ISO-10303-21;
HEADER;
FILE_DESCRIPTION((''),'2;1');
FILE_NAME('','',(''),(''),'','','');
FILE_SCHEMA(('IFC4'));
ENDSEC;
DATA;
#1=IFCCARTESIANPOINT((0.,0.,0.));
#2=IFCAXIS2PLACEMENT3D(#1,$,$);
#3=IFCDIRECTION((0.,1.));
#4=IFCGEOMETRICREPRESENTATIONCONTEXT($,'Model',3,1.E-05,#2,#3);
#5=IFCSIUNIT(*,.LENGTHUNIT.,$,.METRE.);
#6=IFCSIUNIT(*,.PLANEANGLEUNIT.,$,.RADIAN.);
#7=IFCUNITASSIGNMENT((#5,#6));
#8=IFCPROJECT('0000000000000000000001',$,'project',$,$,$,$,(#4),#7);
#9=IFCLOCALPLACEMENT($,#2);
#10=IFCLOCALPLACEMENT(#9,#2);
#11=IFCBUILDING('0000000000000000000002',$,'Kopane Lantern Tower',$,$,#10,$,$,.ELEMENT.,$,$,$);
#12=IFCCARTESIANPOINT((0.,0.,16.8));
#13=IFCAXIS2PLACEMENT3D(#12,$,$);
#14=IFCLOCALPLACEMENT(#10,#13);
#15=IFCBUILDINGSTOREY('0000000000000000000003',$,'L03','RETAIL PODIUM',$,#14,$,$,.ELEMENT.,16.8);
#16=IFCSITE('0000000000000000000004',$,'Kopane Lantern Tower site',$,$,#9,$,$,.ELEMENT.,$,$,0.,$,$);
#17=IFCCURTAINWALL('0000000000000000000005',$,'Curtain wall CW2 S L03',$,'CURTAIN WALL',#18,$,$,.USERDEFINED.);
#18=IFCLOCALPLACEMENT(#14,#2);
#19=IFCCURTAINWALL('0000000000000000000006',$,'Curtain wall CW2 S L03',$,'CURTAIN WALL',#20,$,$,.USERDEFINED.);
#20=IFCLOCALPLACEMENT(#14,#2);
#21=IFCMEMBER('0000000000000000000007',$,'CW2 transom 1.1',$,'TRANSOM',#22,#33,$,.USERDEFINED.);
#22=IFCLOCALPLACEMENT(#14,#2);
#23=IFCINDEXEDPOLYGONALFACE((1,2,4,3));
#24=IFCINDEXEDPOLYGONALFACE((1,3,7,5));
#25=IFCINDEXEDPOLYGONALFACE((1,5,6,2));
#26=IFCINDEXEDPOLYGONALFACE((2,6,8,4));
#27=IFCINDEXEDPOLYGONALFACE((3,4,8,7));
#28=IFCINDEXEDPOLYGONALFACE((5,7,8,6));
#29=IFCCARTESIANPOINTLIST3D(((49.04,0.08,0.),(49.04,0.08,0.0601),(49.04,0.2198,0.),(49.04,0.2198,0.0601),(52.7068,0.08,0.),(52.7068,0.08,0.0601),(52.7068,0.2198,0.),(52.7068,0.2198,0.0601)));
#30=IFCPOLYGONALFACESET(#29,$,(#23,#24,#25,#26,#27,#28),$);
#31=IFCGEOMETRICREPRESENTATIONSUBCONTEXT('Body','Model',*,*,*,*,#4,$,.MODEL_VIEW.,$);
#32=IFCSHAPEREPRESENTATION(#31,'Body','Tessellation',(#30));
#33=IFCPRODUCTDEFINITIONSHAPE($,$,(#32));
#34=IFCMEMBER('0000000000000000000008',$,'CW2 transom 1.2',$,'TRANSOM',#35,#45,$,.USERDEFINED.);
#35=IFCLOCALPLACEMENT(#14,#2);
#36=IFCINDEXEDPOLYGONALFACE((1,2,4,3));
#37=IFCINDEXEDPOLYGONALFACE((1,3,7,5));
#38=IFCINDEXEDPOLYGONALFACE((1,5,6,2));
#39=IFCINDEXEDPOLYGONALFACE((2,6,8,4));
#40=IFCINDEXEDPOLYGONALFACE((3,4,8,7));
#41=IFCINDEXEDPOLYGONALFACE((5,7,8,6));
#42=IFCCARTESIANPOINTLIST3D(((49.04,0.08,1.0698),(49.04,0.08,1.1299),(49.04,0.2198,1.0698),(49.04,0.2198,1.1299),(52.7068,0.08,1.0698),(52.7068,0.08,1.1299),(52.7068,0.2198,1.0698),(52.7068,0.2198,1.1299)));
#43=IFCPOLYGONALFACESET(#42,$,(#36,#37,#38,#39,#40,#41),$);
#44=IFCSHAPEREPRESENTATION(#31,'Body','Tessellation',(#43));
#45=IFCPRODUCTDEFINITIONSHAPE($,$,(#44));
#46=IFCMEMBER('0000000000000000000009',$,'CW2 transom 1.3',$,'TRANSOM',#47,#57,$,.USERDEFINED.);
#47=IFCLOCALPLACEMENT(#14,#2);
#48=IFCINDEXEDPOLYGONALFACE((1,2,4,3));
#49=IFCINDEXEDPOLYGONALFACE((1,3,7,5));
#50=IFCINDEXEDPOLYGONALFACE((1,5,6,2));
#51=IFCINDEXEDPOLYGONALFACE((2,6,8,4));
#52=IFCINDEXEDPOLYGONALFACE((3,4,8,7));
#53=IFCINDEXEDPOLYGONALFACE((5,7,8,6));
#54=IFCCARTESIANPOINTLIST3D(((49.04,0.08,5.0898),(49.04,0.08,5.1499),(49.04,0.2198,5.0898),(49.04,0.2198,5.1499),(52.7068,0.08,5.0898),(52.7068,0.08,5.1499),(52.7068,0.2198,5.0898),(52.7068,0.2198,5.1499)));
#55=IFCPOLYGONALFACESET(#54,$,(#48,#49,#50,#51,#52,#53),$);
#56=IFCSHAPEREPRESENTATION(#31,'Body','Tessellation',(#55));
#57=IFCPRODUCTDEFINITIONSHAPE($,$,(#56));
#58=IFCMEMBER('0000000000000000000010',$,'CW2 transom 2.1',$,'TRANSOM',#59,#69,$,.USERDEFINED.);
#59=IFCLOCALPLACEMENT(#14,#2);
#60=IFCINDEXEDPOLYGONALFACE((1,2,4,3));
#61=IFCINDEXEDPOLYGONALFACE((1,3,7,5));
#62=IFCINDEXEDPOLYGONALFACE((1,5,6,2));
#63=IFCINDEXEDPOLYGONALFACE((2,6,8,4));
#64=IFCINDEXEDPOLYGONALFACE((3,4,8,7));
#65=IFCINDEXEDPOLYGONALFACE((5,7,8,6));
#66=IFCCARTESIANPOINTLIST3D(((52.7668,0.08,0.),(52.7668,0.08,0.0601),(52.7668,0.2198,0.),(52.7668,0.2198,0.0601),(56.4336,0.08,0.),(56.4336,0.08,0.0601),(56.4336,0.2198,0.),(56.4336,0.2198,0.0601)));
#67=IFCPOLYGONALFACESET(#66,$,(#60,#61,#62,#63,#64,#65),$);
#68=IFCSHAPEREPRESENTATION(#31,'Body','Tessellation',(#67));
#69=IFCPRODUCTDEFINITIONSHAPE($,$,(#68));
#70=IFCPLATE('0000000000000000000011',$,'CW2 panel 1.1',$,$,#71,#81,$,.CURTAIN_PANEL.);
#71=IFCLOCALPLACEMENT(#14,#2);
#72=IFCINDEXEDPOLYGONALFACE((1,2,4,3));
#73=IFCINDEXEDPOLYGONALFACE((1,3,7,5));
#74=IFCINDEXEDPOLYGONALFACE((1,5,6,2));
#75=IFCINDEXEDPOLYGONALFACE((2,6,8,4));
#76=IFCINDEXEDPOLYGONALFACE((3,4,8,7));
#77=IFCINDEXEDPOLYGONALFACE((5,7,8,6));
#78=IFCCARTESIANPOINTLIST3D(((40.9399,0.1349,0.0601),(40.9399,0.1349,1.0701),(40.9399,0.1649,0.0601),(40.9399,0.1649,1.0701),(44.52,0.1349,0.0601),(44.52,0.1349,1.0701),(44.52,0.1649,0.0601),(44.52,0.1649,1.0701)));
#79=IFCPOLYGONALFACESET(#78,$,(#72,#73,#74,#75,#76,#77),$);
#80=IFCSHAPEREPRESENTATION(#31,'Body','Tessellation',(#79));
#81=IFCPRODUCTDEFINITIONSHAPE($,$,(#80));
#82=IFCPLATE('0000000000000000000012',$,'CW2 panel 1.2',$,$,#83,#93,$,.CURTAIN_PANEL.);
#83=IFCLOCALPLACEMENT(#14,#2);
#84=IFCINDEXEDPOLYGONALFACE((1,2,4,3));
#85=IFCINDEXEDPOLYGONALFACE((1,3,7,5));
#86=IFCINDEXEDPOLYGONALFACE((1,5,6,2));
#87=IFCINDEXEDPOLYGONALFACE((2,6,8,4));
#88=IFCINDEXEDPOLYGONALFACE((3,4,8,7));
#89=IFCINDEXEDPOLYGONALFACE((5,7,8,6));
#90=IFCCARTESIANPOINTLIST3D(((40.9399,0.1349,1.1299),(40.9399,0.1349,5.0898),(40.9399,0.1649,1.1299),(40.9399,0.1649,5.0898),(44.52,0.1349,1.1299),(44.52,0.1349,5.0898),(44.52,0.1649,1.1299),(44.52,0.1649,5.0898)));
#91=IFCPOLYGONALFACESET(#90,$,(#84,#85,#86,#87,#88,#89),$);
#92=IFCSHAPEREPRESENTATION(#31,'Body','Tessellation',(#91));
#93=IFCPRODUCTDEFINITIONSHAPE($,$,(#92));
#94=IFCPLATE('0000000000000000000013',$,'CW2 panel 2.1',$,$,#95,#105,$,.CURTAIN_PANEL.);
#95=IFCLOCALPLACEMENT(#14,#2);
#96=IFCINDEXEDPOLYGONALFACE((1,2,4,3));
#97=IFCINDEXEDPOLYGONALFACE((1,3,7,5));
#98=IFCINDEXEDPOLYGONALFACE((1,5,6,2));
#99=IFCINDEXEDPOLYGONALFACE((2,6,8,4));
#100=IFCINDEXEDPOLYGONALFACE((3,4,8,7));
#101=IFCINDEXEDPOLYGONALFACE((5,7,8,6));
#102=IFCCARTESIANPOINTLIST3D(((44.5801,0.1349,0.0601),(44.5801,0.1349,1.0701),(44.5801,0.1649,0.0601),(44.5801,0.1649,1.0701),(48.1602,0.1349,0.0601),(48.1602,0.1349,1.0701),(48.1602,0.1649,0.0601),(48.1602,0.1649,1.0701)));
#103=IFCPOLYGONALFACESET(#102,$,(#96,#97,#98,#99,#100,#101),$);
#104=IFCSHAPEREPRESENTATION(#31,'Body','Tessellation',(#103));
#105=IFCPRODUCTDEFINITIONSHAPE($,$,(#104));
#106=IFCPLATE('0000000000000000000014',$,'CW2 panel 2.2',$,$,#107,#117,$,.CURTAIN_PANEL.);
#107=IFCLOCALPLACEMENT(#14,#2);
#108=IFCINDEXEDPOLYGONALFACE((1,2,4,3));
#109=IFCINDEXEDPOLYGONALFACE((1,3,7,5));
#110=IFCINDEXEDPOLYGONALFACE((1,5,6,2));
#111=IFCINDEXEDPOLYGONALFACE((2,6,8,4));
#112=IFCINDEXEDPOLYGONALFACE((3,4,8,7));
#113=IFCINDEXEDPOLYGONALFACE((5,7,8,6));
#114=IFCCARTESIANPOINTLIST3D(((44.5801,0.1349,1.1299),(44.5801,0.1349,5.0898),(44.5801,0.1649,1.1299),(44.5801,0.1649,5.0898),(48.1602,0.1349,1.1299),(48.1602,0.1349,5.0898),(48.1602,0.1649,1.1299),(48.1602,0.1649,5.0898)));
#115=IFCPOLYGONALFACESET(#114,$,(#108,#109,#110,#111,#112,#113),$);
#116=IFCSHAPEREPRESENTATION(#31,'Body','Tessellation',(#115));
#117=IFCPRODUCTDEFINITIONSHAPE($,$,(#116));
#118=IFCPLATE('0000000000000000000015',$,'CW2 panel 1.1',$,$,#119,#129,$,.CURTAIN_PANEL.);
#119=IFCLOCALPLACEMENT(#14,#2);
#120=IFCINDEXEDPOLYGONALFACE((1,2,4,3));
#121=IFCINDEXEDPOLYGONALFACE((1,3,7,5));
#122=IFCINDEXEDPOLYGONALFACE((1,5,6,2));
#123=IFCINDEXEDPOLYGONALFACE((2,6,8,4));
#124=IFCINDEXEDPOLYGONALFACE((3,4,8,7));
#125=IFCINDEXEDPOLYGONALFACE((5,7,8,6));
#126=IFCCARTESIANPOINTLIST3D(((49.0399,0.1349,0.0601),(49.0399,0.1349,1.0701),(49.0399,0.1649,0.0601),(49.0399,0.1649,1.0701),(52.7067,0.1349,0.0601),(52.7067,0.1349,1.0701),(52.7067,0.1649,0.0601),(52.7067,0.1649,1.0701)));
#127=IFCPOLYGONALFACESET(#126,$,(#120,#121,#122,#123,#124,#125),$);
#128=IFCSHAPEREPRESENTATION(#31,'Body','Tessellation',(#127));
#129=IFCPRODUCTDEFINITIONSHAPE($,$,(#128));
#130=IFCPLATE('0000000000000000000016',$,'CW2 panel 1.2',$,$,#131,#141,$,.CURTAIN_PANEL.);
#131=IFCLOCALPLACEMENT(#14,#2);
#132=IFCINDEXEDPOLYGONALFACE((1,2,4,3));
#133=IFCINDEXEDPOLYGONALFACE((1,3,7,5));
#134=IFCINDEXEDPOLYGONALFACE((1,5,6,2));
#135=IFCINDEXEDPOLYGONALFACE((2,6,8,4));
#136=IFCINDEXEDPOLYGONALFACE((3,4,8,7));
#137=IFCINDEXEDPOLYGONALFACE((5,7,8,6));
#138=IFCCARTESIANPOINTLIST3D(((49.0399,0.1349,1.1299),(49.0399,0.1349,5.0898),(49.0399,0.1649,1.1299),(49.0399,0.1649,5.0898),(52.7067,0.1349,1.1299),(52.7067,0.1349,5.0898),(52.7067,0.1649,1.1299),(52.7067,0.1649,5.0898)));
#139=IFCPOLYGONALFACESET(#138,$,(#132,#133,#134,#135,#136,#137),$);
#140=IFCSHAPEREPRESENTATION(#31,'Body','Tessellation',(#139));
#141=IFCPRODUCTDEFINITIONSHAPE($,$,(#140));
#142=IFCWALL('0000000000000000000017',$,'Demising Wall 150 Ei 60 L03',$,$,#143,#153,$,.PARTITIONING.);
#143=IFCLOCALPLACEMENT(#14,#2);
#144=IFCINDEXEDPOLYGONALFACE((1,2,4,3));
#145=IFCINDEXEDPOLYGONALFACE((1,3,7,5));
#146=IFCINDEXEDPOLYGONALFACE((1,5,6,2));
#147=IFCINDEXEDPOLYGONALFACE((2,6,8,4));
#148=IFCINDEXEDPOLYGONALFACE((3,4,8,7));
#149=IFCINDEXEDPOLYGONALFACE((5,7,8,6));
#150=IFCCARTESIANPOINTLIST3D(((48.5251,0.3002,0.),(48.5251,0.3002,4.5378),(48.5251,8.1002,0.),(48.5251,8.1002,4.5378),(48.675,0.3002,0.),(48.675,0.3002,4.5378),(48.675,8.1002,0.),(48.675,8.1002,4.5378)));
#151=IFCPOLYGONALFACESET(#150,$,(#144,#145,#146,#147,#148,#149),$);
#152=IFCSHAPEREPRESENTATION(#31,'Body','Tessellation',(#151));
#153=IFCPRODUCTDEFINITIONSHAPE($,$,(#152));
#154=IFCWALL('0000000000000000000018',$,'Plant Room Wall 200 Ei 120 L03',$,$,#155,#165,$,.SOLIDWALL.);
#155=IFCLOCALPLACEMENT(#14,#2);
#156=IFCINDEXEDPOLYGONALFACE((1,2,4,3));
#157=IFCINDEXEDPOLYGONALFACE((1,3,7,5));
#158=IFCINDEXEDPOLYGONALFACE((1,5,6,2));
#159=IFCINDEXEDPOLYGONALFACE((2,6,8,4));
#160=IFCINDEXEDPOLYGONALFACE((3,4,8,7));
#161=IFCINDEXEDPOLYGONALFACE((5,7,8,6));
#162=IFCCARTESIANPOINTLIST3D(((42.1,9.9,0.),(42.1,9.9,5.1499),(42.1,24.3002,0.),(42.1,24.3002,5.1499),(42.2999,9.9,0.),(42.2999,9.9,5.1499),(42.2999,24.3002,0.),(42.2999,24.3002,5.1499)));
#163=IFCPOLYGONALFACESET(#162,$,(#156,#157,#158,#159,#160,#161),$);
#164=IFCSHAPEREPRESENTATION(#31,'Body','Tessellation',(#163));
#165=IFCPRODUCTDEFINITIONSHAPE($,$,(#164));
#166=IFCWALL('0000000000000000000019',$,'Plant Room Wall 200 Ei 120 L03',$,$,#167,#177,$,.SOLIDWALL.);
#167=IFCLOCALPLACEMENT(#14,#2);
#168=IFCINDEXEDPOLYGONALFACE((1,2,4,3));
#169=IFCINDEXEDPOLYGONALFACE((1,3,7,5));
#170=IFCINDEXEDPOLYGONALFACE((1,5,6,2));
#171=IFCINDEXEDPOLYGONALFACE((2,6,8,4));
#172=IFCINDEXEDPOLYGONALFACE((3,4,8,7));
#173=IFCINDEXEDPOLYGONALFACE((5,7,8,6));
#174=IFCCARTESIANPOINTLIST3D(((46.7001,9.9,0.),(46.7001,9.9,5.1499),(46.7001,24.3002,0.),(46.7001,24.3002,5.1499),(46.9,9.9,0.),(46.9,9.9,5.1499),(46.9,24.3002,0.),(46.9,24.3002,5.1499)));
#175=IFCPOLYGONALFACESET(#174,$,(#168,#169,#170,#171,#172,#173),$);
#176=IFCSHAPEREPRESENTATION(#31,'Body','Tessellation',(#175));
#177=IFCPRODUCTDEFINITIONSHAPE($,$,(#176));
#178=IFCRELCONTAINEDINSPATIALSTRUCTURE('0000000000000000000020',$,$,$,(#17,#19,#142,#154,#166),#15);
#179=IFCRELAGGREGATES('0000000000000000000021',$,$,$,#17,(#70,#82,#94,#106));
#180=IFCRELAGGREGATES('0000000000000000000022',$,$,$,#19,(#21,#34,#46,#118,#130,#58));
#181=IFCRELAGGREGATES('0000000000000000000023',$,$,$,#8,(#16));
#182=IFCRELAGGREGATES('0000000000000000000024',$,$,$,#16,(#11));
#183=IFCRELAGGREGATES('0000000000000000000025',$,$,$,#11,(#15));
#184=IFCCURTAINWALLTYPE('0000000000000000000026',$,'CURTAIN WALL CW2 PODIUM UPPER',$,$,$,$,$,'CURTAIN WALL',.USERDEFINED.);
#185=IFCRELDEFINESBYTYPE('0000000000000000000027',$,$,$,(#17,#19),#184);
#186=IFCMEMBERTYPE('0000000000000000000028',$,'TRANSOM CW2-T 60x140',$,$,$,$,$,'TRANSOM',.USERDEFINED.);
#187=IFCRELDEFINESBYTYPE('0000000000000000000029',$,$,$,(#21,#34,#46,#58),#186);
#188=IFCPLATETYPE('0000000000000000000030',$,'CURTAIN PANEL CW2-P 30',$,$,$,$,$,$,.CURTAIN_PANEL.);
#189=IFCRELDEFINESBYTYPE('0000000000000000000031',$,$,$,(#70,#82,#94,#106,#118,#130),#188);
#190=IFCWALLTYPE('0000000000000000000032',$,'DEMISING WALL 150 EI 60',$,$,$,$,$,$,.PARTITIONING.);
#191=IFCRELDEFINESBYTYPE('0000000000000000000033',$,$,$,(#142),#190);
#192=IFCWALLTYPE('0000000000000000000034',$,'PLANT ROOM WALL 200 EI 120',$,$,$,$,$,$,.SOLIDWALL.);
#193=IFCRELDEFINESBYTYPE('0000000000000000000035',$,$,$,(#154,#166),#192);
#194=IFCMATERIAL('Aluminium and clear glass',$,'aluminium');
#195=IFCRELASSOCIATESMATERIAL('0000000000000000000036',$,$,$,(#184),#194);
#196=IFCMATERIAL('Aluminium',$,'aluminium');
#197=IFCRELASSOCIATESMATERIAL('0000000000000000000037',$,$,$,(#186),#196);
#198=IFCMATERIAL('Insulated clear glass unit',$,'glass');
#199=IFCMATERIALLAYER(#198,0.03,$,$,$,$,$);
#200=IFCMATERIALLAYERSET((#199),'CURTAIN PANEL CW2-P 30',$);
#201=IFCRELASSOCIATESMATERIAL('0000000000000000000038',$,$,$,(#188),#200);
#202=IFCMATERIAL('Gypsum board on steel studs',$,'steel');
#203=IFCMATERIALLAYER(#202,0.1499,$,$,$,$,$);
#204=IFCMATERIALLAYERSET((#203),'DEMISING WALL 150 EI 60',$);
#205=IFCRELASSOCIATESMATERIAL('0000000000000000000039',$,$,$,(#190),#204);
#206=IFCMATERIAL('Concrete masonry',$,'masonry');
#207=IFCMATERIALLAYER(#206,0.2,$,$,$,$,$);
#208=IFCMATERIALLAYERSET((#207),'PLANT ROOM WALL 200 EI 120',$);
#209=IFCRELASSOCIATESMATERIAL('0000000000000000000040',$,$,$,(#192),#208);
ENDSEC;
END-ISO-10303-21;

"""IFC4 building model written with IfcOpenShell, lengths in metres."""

from ifc_helpers import new_model, si_unit, direction, frame, frame_2d, origin, origin_2d, place, context, subcontext, project, spatial, rectangle, extrude, material, layer, layer_set, material_profile, profile_set, type_object, element, aggregate, save


model = new_model("IFC4")

# Units and contexts
model_context = context("Model", 3, precision=1e-05, world=origin(), true_north=direction((0.0, 1.0)))
body_context = subcontext(model_context, "Body", "Model", "MODEL_VIEW")
ifc_project = project(units=[si_unit("LENGTHUNIT", "METRE"), si_unit("PLANEANGLEUNIT", "RADIAN")], contexts=[model_context])

# Site, building, storey
site_placement = place(None, origin())
site = spatial("IfcSite", under=ifc_project, at=site_placement, Name="Kopane Lantern Tower site", CompositionType="ELEMENT", RefElevation=0.0)
building_placement = place(site_placement, origin())
building = spatial("IfcBuilding", under=site, at=building_placement, Name="Kopane Lantern Tower", CompositionType="ELEMENT")
storey_placement = place(building_placement, frame((0.0, 0.0, 16.8)))
storey = spatial("IfcBuildingStorey", under=building, at=storey_placement, Name="L03", Description="RETAIL PODIUM", CompositionType="ELEMENT", Elevation=16.8)

# Curtain walls
ifc_material_1 = material(Name="Aluminium and clear glass", Category="aluminium")
curtain_wall_type = type_object("IfcCurtainWallType", Name="CURTAIN WALL CW2 PODIUM UPPER", ElementType="CURTAIN WALL", PredefinedType="USERDEFINED", material=ifc_material_1)
curtain_wall_1_placement = place(storey_placement, origin())
curtain_wall_1 = element("IfcCurtainWall", 1, at=curtain_wall_1_placement, inside=storey, type_object=curtain_wall_type, Name="Curtain wall CW2 S L03", ObjectType="CURTAIN WALL", PredefinedType="USERDEFINED")
curtain_wall_2_placement = place(storey_placement, origin())
curtain_wall_2 = element("IfcCurtainWall", 2, at=curtain_wall_2_placement, inside=storey, type_object=curtain_wall_type, Name="Curtain wall CW2 S L03", ObjectType="CURTAIN WALL", PredefinedType="USERDEFINED")

# Members
ifc_material_2 = material(Name="Aluminium", Category="aluminium")
ifc_material_profile_1 = material_profile(ifc_material_2, rectangle(XDim=0.1399, YDim=0.0601, at=origin_2d()), Name="AL 140x60")
ifc_profile_set_1 = profile_set([ifc_material_profile_1], Name="Aluminium")
member_type_1 = type_object("IfcMemberType", Name="TRANSOM CW2-T 60x140", ElementType="TRANSOM", PredefinedType="USERDEFINED", material=ifc_profile_set_1)
member_1_placement = place(storey_placement, frame((49.04, 0.1499, 0.03), z_axis=(1.0, 0.0, 0.0), x_axis=(0.0, 1.0, 0.0)))
member_1 = element("IfcMember", 3, at=member_1_placement, type_object=member_type_1, Name="CW2 transom 1.1", ObjectType="TRANSOM", PredefinedType="USERDEFINED", context=body_context, shape_type="SweptSolid", body=[
    extrude(rectangle(XDim=0.1399, YDim=0.0601, at=origin_2d()), origin(), (0.0, 0.0, 1.0), 3.6667),
])
member_2_placement = place(storey_placement, frame((49.04, 0.1499, 1.0999), z_axis=(1.0, 0.0, 0.0), x_axis=(0.0, 1.0, 0.0)))
member_2 = element("IfcMember", 4, at=member_2_placement, type_object=member_type_1, Name="CW2 transom 1.2", ObjectType="TRANSOM", PredefinedType="USERDEFINED", context=body_context, shape_type="SweptSolid", body=[
    extrude(rectangle(XDim=0.1399, YDim=0.0601, at=origin_2d()), origin(), (0.0, 0.0, 1.0), 3.6667),
])
member_3_placement = place(storey_placement, frame((49.04, 0.1499, 5.1199), z_axis=(1.0, 0.0, 0.0), x_axis=(0.0, 1.0, 0.0)))
member_3 = element("IfcMember", 5, at=member_3_placement, type_object=member_type_1, Name="CW2 transom 1.3", ObjectType="TRANSOM", PredefinedType="USERDEFINED", context=body_context, shape_type="SweptSolid", body=[
    extrude(rectangle(XDim=0.1399, YDim=0.0601, at=origin_2d()), origin(), (0.0, 0.0, 1.0), 3.6667),
])
member_4_placement = place(storey_placement, frame((52.7668, 0.1499, 0.03), z_axis=(1.0, 0.0, 0.0), x_axis=(0.0, 1.0, 0.0)))
member_4 = element("IfcMember", 6, at=member_4_placement, type_object=member_type_1, Name="CW2 transom 2.1", ObjectType="TRANSOM", PredefinedType="USERDEFINED", context=body_context, shape_type="SweptSolid", body=[
    extrude(rectangle(XDim=0.1399, YDim=0.0601, at=origin_2d()), origin(), (0.0, 0.0, 1.0), 3.6667),
])

# Plates
ifc_material_3 = material(Name="Insulated clear glass unit", Category="glass")
ifc_layer_1 = layer(ifc_material_3, 0.03)
ifc_layer_set_1 = layer_set([ifc_layer_1], Name="CURTAIN PANEL CW2-P 30")
plate_type = type_object("IfcPlateType", Name="CURTAIN PANEL CW2-P 30", PredefinedType="CURTAIN_PANEL", material=ifc_layer_set_1)
plate_1_placement = place(storey_placement, frame((42.73, 0.1499, 0.0601), z_axis=(0.0, 0.0, 1.0), x_axis=(1.0, 0.0, 0.0)))
plate_1 = element("IfcPlate", 7, at=plate_1_placement, type_object=plate_type, Name="CW2 panel 1.1", PredefinedType="CURTAIN_PANEL", context=body_context, shape_type="SweptSolid", body=[
    extrude(rectangle(XDim=3.5801, YDim=0.03, at=origin_2d()), origin(), (0.0, 0.0, 1.0), 1.01),
])
plate_2_placement = place(storey_placement, frame((42.73, 0.1499, 1.1299), z_axis=(0.0, 0.0, 1.0), x_axis=(1.0, 0.0, 0.0)))
plate_2 = element("IfcPlate", 8, at=plate_2_placement, type_object=plate_type, Name="CW2 panel 1.2", PredefinedType="CURTAIN_PANEL", context=body_context, shape_type="SweptSolid", body=[
    extrude(rectangle(XDim=3.5801, YDim=0.03, at=origin_2d()), origin(), (0.0, 0.0, 1.0), 3.96),
])
plate_3_placement = place(storey_placement, frame((46.3701, 0.1499, 0.0601), z_axis=(0.0, 0.0, 1.0), x_axis=(1.0, 0.0, 0.0)))
plate_3 = element("IfcPlate", 9, at=plate_3_placement, type_object=plate_type, Name="CW2 panel 2.1", PredefinedType="CURTAIN_PANEL", context=body_context, shape_type="SweptSolid", body=[
    extrude(rectangle(XDim=3.5801, YDim=0.03, at=origin_2d()), origin(), (0.0, 0.0, 1.0), 1.01),
])
plate_4_placement = place(storey_placement, frame((46.3701, 0.1499, 1.1299), z_axis=(0.0, 0.0, 1.0), x_axis=(1.0, 0.0, 0.0)))
plate_4 = element("IfcPlate", 10, at=plate_4_placement, type_object=plate_type, Name="CW2 panel 2.2", PredefinedType="CURTAIN_PANEL", context=body_context, shape_type="SweptSolid", body=[
    extrude(rectangle(XDim=3.5801, YDim=0.03, at=origin_2d()), origin(), (0.0, 0.0, 1.0), 3.96),
])
aggregate(curtain_wall_1, [plate_1, plate_2, plate_3, plate_4])
plate_5_placement = place(storey_placement, frame((50.8733, 0.1499, 0.0601), z_axis=(0.0, 0.0, 1.0), x_axis=(1.0, 0.0, 0.0)))
plate_5 = element("IfcPlate", 11, at=plate_5_placement, type_object=plate_type, Name="CW2 panel 1.1", PredefinedType="CURTAIN_PANEL", context=body_context, shape_type="SweptSolid", body=[
    extrude(rectangle(XDim=3.6667, YDim=0.03, at=origin_2d()), origin(), (0.0, 0.0, 1.0), 1.01),
])
plate_6_placement = place(storey_placement, frame((50.8733, 0.1499, 1.1299), z_axis=(0.0, 0.0, 1.0), x_axis=(1.0, 0.0, 0.0)))
plate_6 = element("IfcPlate", 12, at=plate_6_placement, type_object=plate_type, Name="CW2 panel 1.2", PredefinedType="CURTAIN_PANEL", context=body_context, shape_type="SweptSolid", body=[
    extrude(rectangle(XDim=3.6667, YDim=0.03, at=origin_2d()), origin(), (0.0, 0.0, 1.0), 3.96),
])
aggregate(curtain_wall_2, [member_1, member_2, member_3, plate_5, plate_6, member_4])

# Walls
ifc_material_4 = material(Name="Gypsum board on steel studs", Category="steel")
ifc_layer_2 = layer(ifc_material_4, 0.1499)
ifc_layer_set_2 = layer_set([ifc_layer_2], Name="DEMISING WALL 150 EI 60")
wall_type_1 = type_object("IfcWallType", Name="DEMISING WALL 150 EI 60", PredefinedType="PARTITIONING", material=ifc_layer_set_2)
wall_1_placement = place(storey_placement, frame((48.6001, 8.1001, 0.0), z_axis=(0.0, 0.0, 1.0), x_axis=(0.0, -1.0, 0.0)))
element("IfcWall", 13, at=wall_1_placement, inside=storey, type_object=wall_type_1, Name="Demising Wall 150 Ei 60 L03", PredefinedType="PARTITIONING", context=body_context, shape_type="SweptSolid", body=[
    extrude(rectangle(XDim=7.8, YDim=0.1499, at=frame_2d((3.8999, 0.0))), origin(), (0.0, 0.0, 1.0), 4.5378),
])
ifc_material_5 = material(Name="Concrete masonry", Category="masonry")
ifc_layer_3 = layer(ifc_material_5, 0.2)
ifc_layer_set_3 = layer_set([ifc_layer_3], Name="PLANT ROOM WALL 200 EI 120")
wall_type_2 = type_object("IfcWallType", Name="PLANT ROOM WALL 200 EI 120", PredefinedType="SOLIDWALL", material=ifc_layer_set_3)
for number, where, z_axis, x_axis, name in (
    (14, (42.2, 9.8999, 0.0), (0.0, 0.0, 1.0), (0.0, 1.0, 0.0), "Plant Room Wall 200 Ei 120 L03"),
    (15, (46.8, 9.8999, 0.0), (0.0, 0.0, 1.0), (0.0, 1.0, 0.0), "Plant Room Wall 200 Ei 120 L03"),
):
    element("IfcWall", number, at=place(storey_placement, frame(where, z_axis=z_axis, x_axis=x_axis)), inside=storey, type_object=wall_type_2, Name=name, PredefinedType="SOLIDWALL", context=body_context, shape_type="SweptSolid", body=[
        extrude(rectangle(XDim=14.4001, YDim=0.2, at=frame_2d((7.2002, 0.0))), origin(), (0.0, 0.0, 1.0), 5.1499),
    ])

save(model, "model.ifc")
